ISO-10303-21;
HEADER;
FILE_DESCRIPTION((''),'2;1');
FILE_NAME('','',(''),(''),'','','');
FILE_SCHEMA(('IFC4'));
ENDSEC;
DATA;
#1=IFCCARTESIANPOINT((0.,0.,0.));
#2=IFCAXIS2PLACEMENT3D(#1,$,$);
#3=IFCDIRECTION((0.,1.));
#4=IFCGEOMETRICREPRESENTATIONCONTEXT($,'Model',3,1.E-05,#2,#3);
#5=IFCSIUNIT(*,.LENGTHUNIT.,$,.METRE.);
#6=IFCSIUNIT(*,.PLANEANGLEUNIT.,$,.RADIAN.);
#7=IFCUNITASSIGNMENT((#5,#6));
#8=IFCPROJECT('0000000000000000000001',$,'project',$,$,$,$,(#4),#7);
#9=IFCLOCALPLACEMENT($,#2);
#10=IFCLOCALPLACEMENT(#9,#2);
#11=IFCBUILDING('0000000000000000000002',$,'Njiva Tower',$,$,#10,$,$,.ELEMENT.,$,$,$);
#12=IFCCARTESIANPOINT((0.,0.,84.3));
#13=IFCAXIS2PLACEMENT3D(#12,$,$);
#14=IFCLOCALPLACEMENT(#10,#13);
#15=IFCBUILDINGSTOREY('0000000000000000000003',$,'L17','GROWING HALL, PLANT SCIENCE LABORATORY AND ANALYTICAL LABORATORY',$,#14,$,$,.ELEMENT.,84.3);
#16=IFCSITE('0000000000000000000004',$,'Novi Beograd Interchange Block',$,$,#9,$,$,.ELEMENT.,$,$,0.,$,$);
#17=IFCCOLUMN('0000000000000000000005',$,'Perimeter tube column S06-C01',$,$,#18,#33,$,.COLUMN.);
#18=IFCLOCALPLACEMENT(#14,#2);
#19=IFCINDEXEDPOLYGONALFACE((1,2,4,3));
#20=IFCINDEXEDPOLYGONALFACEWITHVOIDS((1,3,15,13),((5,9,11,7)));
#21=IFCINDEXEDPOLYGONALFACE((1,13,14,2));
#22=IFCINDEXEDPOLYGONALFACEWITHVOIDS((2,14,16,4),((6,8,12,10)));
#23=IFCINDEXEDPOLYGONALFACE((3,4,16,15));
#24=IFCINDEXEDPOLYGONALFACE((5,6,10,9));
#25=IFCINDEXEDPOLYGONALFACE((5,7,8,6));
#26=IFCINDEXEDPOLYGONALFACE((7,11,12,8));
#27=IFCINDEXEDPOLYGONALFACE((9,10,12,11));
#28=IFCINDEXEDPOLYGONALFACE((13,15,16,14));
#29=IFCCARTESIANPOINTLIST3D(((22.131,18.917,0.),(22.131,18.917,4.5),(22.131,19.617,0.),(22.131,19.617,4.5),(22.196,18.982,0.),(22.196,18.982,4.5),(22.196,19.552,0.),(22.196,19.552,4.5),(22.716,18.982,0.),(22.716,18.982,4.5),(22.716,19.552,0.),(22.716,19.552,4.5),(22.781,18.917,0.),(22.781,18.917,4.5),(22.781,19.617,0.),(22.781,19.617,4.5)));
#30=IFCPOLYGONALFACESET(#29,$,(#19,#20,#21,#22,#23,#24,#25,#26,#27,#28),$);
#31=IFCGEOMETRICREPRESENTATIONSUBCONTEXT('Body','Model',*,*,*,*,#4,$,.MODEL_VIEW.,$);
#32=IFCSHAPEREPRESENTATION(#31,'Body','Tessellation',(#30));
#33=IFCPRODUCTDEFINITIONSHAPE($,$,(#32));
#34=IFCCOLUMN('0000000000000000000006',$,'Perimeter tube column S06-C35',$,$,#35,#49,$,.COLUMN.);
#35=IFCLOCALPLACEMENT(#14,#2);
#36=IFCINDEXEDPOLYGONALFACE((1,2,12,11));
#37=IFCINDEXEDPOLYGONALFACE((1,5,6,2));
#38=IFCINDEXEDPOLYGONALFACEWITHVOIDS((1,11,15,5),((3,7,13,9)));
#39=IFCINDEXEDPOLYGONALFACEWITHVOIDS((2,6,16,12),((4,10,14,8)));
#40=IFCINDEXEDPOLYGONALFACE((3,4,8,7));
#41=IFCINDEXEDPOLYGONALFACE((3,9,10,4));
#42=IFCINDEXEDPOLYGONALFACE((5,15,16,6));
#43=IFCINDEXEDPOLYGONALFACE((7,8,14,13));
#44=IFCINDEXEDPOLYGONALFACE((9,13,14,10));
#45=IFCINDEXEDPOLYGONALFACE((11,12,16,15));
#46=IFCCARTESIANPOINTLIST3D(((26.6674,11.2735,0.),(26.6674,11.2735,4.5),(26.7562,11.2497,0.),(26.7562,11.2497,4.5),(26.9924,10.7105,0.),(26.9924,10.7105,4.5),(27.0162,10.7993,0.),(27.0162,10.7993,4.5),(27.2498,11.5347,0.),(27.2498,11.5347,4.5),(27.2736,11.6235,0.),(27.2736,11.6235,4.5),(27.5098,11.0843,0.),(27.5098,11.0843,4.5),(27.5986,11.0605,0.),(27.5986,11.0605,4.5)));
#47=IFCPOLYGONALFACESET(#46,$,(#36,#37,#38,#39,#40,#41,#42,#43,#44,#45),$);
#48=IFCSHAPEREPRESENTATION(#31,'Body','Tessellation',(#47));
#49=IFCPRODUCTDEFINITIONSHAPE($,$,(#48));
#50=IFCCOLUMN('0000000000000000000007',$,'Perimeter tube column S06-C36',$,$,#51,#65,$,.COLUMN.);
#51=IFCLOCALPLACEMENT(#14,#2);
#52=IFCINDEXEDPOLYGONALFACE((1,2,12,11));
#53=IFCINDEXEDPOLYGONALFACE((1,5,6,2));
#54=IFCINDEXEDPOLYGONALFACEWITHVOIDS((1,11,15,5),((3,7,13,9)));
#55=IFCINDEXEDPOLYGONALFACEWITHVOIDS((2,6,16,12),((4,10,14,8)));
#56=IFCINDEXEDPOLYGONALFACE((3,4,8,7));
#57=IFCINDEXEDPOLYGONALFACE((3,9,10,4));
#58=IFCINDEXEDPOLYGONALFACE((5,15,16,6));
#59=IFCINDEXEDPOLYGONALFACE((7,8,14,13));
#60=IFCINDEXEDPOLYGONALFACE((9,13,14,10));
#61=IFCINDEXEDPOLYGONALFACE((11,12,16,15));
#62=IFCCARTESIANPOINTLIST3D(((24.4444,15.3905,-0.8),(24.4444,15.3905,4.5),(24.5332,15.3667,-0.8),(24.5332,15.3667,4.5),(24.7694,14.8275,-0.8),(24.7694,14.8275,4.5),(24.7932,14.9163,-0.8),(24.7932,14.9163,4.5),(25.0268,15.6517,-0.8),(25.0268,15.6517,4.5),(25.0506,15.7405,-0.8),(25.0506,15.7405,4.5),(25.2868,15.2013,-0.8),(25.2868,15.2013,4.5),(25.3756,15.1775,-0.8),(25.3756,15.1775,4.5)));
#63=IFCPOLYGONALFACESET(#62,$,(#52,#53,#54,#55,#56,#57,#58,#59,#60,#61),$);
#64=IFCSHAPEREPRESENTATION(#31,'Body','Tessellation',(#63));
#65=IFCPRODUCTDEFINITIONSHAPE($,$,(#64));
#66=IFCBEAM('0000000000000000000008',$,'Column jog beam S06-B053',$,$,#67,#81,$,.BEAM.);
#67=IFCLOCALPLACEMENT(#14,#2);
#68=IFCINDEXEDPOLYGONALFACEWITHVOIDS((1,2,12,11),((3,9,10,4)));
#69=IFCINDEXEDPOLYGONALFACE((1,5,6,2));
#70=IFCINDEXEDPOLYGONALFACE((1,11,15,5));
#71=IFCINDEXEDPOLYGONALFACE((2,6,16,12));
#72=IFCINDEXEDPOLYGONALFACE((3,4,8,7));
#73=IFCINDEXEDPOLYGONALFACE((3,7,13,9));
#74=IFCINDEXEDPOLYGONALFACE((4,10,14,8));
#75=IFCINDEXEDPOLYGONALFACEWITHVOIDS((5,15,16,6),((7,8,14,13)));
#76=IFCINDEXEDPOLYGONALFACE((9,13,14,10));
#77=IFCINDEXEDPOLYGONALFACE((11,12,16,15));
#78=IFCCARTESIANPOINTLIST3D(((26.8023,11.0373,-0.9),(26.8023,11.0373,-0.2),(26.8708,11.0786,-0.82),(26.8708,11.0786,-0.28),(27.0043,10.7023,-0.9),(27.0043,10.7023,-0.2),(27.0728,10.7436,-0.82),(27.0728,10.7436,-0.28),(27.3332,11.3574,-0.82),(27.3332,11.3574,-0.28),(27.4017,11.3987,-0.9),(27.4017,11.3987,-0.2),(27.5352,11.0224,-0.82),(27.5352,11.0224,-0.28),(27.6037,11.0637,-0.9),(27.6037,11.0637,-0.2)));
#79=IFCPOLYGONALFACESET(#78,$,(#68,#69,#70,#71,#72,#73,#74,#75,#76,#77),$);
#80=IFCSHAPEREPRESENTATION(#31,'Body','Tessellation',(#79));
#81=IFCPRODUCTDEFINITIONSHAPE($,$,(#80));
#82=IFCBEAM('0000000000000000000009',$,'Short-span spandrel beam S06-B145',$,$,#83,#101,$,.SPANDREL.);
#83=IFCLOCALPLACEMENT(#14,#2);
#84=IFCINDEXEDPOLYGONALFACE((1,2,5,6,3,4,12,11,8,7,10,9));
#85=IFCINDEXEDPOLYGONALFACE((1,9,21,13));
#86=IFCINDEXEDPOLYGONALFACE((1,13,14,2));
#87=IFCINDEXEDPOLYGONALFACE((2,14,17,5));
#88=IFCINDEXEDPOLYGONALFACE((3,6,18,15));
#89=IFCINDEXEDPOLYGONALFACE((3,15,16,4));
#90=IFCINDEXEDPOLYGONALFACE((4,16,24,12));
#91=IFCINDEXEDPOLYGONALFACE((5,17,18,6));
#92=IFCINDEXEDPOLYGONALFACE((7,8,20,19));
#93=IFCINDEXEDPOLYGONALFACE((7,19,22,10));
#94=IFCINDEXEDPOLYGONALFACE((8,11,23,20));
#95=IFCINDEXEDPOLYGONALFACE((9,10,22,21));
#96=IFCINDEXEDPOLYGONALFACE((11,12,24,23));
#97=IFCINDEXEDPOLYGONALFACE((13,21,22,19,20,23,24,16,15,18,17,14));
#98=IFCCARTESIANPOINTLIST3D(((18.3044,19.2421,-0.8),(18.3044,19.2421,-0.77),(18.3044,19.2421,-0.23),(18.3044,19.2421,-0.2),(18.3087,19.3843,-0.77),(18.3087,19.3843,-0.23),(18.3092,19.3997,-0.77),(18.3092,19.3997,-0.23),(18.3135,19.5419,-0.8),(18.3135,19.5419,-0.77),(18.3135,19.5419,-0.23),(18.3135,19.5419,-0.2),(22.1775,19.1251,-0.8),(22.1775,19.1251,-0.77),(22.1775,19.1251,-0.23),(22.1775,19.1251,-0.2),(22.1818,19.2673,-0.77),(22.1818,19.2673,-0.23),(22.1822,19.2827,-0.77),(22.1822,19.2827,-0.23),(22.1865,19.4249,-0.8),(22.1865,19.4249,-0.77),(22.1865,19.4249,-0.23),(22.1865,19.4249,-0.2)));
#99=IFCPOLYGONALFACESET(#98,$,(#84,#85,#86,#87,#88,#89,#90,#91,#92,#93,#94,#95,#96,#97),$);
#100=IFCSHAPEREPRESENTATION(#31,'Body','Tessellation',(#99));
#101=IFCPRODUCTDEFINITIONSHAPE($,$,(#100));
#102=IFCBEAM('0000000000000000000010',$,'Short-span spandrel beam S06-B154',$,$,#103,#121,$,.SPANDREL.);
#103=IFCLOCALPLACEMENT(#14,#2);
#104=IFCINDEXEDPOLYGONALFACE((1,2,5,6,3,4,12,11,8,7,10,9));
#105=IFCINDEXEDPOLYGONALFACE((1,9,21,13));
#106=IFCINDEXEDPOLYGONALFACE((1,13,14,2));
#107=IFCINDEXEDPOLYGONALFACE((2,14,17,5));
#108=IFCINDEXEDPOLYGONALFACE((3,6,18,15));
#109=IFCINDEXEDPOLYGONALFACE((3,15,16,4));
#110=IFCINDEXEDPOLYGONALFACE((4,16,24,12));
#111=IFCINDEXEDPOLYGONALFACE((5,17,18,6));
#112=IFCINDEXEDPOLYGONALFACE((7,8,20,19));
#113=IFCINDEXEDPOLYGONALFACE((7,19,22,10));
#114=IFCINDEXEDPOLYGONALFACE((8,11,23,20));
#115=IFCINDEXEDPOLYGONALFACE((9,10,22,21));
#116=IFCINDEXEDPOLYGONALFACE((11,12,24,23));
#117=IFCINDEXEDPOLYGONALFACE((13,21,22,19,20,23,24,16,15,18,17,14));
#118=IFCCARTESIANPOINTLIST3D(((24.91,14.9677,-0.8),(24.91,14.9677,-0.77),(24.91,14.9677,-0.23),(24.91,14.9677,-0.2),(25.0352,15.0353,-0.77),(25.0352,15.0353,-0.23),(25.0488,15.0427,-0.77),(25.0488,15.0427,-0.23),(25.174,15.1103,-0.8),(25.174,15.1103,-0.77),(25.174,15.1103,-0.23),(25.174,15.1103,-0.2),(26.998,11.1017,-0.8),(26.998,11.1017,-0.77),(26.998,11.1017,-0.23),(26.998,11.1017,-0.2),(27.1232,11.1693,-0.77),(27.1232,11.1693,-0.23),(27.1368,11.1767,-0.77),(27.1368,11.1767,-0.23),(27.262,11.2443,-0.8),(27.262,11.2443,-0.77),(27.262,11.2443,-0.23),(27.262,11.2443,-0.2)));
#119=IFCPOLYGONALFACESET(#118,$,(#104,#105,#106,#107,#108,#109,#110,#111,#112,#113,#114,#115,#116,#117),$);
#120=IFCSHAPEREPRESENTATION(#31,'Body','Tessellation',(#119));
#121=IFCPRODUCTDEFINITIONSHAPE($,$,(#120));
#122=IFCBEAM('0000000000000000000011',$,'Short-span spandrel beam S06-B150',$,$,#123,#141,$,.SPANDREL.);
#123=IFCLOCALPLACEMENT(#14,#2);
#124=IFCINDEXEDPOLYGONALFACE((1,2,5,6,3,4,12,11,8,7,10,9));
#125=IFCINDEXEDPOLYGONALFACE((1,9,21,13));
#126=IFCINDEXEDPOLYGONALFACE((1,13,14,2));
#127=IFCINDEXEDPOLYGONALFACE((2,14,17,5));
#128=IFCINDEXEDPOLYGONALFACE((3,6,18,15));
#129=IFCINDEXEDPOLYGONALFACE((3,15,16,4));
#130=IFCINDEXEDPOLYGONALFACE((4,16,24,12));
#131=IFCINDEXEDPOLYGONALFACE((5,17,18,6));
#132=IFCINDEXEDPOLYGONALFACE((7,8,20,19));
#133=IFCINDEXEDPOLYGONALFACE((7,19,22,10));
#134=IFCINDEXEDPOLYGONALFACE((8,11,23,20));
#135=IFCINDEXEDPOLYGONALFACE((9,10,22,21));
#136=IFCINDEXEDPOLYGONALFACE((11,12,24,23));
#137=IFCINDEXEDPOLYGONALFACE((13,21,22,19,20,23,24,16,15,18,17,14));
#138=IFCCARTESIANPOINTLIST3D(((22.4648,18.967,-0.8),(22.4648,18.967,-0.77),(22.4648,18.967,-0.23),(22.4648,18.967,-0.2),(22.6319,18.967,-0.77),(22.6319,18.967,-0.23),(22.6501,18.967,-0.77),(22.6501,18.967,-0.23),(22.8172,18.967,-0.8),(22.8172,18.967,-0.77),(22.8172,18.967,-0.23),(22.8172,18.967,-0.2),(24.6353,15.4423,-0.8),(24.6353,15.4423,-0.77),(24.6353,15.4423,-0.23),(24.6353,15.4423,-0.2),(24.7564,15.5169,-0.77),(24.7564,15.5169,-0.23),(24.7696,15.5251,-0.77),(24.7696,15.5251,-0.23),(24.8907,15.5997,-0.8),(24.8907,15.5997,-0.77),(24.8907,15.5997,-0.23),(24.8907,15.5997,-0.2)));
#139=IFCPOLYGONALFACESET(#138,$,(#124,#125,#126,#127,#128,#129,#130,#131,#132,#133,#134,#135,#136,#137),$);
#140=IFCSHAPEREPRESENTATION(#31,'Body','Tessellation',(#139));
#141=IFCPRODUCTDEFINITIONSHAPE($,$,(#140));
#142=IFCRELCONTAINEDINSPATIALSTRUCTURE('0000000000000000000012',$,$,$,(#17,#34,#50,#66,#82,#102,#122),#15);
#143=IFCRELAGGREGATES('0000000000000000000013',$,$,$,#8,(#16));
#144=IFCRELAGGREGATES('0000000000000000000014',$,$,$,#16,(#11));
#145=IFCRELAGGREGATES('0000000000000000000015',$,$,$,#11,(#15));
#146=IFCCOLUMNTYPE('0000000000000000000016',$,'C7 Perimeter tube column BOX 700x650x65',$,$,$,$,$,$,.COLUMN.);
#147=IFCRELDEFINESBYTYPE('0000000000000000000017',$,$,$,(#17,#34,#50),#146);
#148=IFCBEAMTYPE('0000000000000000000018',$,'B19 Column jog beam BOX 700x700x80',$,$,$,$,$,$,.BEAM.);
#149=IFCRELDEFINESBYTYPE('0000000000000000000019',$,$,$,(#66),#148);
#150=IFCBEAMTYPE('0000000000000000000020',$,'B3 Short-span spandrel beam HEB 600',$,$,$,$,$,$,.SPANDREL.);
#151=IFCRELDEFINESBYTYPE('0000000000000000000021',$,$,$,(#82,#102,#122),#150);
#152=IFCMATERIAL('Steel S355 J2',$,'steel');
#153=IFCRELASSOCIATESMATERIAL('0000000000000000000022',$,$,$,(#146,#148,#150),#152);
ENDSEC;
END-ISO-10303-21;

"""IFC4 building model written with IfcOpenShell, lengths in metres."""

from ifc_helpers import new_model, si_unit, direction, frame, origin, origin_2d, place, context, subcontext, project, spatial, hollow_rectangle, i_section, extrude, clip, halfspace, material, material_profile, profile_set, type_object, element, save


model = new_model("IFC4")

# Units and contexts
model_context = context("Model", 3, precision=1e-05, world=origin(), true_north=direction((0.0, 1.0)))
body_context = subcontext(model_context, "Body", "Model", "MODEL_VIEW")
ifc_project = project(units=[si_unit("LENGTHUNIT", "METRE"), si_unit("PLANEANGLEUNIT", "RADIAN")], contexts=[model_context])

# Site, building, storey
site_placement = place(None, origin())
site = spatial("IfcSite", under=ifc_project, at=site_placement, Name="Novi Beograd Interchange Block", CompositionType="ELEMENT", RefElevation=0.0)
building_placement = place(site_placement, origin())
building = spatial("IfcBuilding", under=site, at=building_placement, Name="Njiva Tower", CompositionType="ELEMENT")
storey_placement = place(building_placement, frame((0.0, 0.0, 84.3)))
storey = spatial("IfcBuildingStorey", under=building, at=storey_placement, Name="L17", Description="GROWING HALL, PLANT SCIENCE LABORATORY AND ANALYTICAL LABORATORY", CompositionType="ELEMENT", Elevation=84.3)

# Columns
ifc_material_1 = material(Name="Steel S355 J2", Category="steel")
ifc_material_profile_1 = material_profile(ifc_material_1, hollow_rectangle(XDim=0.65, YDim=0.7, WallThickness=0.065, at=origin_2d()), Name="BOX 700x650x65")
ifc_profile_set_1 = profile_set([ifc_material_profile_1], Name="Steel S355 J2")
column_type = type_object("IfcColumnType", Name="C7 Perimeter tube column BOX 700x650x65", PredefinedType="COLUMN", material=ifc_profile_set_1)
for number, where, z_axis, x_axis, name in (
    (1, (22.456, 19.267, 0.0), (0.0, 0.0, 1.0), (-1.0, 0.0, 0.0), "Perimeter tube column S06-C01"),
    (2, (27.133, 11.167, 0.0), (0.0, 0.0, 1.0), (-0.5, 0.866025, 0.0), "Perimeter tube column S06-C35"),
):
    element("IfcColumn", number, at=place(storey_placement, frame(where, z_axis=z_axis, x_axis=x_axis)), inside=storey, type_object=column_type, Name=name, PredefinedType="COLUMN", context=body_context, shape_type="SweptSolid", body=[
        extrude(hollow_rectangle(XDim=0.65, YDim=0.7, WallThickness=0.065, at=origin_2d()), origin(), (0.0, 0.0, 1.0), 4.5),
    ])
column_placement = place(storey_placement, frame((24.91, 15.284, -0.8), z_axis=(0.0, 0.0, 1.0), x_axis=(-0.5, 0.866025, 0.0)))
element("IfcColumn", 3, at=column_placement, inside=storey, type_object=column_type, Name="Perimeter tube column S06-C36", PredefinedType="COLUMN", context=body_context, shape_type="SweptSolid", body=[
    extrude(hollow_rectangle(XDim=0.65, YDim=0.7, WallThickness=0.065, at=origin_2d()), origin(), (0.0, 0.0, 1.0), 5.3),
])

# Beams
ifc_material_profile_2 = material_profile(ifc_material_1, hollow_rectangle(XDim=0.7, YDim=0.7, WallThickness=0.08, at=origin_2d()), Name="BOX 700x700x80")
ifc_profile_set_2 = profile_set([ifc_material_profile_2], Name="Steel S355 J2")
beam_type_1 = type_object("IfcBeamType", Name="B19 Column jog beam BOX 700x700x80", PredefinedType="BEAM", material=ifc_profile_set_2)
beam_1_placement = place(storey_placement, frame((27.304, 10.883, -0.55), z_axis=(-0.516374, 0.856363, 0.0), x_axis=(-0.856363, -0.516374, 0.0)))
element("IfcBeam", 4, at=beam_1_placement, inside=storey, type_object=beam_type_1, Name="Column jog beam S06-B053", PredefinedType="BEAM", context=body_context, shape_type="SweptSolid", body=[
    extrude(hollow_rectangle(XDim=0.7, YDim=0.7, WallThickness=0.08, at=origin_2d()), origin(), (0.0, 0.0, 1.0), 0.3912),
])
ifc_material_profile_3 = material_profile(ifc_material_1, i_section(OverallWidth=0.3, OverallDepth=0.6, WebThickness=0.0155, FlangeThickness=0.03, at=origin_2d()), Name="HEB 600")
ifc_profile_set_3 = profile_set([ifc_material_profile_3], Name="Steel S355 J2")
beam_type_2 = type_object("IfcBeamType", Name="B3 Short-span spandrel beam HEB 600", PredefinedType="SPANDREL", material=ifc_profile_set_3)
beam_2_placement = place(storey_placement, frame((22.182, 19.275, -0.5), z_axis=(-0.999544, 0.030195, 0.0), x_axis=(-0.030195, -0.999544, 0.0)))
element("IfcBeam", 5, at=beam_2_placement, inside=storey, type_object=beam_type_2, Name="Short-span spandrel beam S06-B145", PredefinedType="SPANDREL", context=body_context, shape_type="SweptSolid", body=[
    extrude(i_section(OverallWidth=0.3, OverallDepth=0.6, WebThickness=0.0155, FlangeThickness=0.03, at=origin_2d()), origin(), (0.0, 0.0, 1.0), 3.8748),
])
beam_3_placement = place(storey_placement, frame((27.13, 11.173, -0.5), z_axis=(-0.475212, 0.879871, 0.0), x_axis=(-0.879871, -0.475212, 0.0)))
element("IfcBeam", 6, at=beam_3_placement, inside=storey, type_object=beam_type_2, Name="Short-span spandrel beam S06-B154", PredefinedType="SPANDREL", context=body_context, shape_type="SweptSolid", body=[
    extrude(i_section(OverallWidth=0.3, OverallDepth=0.6, WebThickness=0.0155, FlangeThickness=0.03, at=origin_2d()), origin(), (0.0, 0.0, 1.0), 4.3938),
])
beam_4_placement = place(storey_placement, frame((24.763, 15.521, -0.5), z_axis=(-0.524346, 0.851506, 0.0), x_axis=(-0.851506, -0.524346, 0.0)))
element("IfcBeam", 7, at=beam_4_placement, inside=storey, type_object=beam_type_2, Name="Short-span spandrel beam S06-B150", PredefinedType="SPANDREL", context=body_context, shape_type="Clipping", body=[
    clip(extrude(i_section(OverallWidth=0.3, OverallDepth=0.6, WebThickness=0.0155, FlangeThickness=0.03, at=origin_2d()), origin(), (0.0, 0.0, 1.0), 4.1589), halfspace(frame((-0.0262, 0.0, 4.0308), z_axis=(-0.524346, 0.0, 0.851506), x_axis=(0.0, 1.0, 0.0)), False)),
])

save(model, "model.ifc")
